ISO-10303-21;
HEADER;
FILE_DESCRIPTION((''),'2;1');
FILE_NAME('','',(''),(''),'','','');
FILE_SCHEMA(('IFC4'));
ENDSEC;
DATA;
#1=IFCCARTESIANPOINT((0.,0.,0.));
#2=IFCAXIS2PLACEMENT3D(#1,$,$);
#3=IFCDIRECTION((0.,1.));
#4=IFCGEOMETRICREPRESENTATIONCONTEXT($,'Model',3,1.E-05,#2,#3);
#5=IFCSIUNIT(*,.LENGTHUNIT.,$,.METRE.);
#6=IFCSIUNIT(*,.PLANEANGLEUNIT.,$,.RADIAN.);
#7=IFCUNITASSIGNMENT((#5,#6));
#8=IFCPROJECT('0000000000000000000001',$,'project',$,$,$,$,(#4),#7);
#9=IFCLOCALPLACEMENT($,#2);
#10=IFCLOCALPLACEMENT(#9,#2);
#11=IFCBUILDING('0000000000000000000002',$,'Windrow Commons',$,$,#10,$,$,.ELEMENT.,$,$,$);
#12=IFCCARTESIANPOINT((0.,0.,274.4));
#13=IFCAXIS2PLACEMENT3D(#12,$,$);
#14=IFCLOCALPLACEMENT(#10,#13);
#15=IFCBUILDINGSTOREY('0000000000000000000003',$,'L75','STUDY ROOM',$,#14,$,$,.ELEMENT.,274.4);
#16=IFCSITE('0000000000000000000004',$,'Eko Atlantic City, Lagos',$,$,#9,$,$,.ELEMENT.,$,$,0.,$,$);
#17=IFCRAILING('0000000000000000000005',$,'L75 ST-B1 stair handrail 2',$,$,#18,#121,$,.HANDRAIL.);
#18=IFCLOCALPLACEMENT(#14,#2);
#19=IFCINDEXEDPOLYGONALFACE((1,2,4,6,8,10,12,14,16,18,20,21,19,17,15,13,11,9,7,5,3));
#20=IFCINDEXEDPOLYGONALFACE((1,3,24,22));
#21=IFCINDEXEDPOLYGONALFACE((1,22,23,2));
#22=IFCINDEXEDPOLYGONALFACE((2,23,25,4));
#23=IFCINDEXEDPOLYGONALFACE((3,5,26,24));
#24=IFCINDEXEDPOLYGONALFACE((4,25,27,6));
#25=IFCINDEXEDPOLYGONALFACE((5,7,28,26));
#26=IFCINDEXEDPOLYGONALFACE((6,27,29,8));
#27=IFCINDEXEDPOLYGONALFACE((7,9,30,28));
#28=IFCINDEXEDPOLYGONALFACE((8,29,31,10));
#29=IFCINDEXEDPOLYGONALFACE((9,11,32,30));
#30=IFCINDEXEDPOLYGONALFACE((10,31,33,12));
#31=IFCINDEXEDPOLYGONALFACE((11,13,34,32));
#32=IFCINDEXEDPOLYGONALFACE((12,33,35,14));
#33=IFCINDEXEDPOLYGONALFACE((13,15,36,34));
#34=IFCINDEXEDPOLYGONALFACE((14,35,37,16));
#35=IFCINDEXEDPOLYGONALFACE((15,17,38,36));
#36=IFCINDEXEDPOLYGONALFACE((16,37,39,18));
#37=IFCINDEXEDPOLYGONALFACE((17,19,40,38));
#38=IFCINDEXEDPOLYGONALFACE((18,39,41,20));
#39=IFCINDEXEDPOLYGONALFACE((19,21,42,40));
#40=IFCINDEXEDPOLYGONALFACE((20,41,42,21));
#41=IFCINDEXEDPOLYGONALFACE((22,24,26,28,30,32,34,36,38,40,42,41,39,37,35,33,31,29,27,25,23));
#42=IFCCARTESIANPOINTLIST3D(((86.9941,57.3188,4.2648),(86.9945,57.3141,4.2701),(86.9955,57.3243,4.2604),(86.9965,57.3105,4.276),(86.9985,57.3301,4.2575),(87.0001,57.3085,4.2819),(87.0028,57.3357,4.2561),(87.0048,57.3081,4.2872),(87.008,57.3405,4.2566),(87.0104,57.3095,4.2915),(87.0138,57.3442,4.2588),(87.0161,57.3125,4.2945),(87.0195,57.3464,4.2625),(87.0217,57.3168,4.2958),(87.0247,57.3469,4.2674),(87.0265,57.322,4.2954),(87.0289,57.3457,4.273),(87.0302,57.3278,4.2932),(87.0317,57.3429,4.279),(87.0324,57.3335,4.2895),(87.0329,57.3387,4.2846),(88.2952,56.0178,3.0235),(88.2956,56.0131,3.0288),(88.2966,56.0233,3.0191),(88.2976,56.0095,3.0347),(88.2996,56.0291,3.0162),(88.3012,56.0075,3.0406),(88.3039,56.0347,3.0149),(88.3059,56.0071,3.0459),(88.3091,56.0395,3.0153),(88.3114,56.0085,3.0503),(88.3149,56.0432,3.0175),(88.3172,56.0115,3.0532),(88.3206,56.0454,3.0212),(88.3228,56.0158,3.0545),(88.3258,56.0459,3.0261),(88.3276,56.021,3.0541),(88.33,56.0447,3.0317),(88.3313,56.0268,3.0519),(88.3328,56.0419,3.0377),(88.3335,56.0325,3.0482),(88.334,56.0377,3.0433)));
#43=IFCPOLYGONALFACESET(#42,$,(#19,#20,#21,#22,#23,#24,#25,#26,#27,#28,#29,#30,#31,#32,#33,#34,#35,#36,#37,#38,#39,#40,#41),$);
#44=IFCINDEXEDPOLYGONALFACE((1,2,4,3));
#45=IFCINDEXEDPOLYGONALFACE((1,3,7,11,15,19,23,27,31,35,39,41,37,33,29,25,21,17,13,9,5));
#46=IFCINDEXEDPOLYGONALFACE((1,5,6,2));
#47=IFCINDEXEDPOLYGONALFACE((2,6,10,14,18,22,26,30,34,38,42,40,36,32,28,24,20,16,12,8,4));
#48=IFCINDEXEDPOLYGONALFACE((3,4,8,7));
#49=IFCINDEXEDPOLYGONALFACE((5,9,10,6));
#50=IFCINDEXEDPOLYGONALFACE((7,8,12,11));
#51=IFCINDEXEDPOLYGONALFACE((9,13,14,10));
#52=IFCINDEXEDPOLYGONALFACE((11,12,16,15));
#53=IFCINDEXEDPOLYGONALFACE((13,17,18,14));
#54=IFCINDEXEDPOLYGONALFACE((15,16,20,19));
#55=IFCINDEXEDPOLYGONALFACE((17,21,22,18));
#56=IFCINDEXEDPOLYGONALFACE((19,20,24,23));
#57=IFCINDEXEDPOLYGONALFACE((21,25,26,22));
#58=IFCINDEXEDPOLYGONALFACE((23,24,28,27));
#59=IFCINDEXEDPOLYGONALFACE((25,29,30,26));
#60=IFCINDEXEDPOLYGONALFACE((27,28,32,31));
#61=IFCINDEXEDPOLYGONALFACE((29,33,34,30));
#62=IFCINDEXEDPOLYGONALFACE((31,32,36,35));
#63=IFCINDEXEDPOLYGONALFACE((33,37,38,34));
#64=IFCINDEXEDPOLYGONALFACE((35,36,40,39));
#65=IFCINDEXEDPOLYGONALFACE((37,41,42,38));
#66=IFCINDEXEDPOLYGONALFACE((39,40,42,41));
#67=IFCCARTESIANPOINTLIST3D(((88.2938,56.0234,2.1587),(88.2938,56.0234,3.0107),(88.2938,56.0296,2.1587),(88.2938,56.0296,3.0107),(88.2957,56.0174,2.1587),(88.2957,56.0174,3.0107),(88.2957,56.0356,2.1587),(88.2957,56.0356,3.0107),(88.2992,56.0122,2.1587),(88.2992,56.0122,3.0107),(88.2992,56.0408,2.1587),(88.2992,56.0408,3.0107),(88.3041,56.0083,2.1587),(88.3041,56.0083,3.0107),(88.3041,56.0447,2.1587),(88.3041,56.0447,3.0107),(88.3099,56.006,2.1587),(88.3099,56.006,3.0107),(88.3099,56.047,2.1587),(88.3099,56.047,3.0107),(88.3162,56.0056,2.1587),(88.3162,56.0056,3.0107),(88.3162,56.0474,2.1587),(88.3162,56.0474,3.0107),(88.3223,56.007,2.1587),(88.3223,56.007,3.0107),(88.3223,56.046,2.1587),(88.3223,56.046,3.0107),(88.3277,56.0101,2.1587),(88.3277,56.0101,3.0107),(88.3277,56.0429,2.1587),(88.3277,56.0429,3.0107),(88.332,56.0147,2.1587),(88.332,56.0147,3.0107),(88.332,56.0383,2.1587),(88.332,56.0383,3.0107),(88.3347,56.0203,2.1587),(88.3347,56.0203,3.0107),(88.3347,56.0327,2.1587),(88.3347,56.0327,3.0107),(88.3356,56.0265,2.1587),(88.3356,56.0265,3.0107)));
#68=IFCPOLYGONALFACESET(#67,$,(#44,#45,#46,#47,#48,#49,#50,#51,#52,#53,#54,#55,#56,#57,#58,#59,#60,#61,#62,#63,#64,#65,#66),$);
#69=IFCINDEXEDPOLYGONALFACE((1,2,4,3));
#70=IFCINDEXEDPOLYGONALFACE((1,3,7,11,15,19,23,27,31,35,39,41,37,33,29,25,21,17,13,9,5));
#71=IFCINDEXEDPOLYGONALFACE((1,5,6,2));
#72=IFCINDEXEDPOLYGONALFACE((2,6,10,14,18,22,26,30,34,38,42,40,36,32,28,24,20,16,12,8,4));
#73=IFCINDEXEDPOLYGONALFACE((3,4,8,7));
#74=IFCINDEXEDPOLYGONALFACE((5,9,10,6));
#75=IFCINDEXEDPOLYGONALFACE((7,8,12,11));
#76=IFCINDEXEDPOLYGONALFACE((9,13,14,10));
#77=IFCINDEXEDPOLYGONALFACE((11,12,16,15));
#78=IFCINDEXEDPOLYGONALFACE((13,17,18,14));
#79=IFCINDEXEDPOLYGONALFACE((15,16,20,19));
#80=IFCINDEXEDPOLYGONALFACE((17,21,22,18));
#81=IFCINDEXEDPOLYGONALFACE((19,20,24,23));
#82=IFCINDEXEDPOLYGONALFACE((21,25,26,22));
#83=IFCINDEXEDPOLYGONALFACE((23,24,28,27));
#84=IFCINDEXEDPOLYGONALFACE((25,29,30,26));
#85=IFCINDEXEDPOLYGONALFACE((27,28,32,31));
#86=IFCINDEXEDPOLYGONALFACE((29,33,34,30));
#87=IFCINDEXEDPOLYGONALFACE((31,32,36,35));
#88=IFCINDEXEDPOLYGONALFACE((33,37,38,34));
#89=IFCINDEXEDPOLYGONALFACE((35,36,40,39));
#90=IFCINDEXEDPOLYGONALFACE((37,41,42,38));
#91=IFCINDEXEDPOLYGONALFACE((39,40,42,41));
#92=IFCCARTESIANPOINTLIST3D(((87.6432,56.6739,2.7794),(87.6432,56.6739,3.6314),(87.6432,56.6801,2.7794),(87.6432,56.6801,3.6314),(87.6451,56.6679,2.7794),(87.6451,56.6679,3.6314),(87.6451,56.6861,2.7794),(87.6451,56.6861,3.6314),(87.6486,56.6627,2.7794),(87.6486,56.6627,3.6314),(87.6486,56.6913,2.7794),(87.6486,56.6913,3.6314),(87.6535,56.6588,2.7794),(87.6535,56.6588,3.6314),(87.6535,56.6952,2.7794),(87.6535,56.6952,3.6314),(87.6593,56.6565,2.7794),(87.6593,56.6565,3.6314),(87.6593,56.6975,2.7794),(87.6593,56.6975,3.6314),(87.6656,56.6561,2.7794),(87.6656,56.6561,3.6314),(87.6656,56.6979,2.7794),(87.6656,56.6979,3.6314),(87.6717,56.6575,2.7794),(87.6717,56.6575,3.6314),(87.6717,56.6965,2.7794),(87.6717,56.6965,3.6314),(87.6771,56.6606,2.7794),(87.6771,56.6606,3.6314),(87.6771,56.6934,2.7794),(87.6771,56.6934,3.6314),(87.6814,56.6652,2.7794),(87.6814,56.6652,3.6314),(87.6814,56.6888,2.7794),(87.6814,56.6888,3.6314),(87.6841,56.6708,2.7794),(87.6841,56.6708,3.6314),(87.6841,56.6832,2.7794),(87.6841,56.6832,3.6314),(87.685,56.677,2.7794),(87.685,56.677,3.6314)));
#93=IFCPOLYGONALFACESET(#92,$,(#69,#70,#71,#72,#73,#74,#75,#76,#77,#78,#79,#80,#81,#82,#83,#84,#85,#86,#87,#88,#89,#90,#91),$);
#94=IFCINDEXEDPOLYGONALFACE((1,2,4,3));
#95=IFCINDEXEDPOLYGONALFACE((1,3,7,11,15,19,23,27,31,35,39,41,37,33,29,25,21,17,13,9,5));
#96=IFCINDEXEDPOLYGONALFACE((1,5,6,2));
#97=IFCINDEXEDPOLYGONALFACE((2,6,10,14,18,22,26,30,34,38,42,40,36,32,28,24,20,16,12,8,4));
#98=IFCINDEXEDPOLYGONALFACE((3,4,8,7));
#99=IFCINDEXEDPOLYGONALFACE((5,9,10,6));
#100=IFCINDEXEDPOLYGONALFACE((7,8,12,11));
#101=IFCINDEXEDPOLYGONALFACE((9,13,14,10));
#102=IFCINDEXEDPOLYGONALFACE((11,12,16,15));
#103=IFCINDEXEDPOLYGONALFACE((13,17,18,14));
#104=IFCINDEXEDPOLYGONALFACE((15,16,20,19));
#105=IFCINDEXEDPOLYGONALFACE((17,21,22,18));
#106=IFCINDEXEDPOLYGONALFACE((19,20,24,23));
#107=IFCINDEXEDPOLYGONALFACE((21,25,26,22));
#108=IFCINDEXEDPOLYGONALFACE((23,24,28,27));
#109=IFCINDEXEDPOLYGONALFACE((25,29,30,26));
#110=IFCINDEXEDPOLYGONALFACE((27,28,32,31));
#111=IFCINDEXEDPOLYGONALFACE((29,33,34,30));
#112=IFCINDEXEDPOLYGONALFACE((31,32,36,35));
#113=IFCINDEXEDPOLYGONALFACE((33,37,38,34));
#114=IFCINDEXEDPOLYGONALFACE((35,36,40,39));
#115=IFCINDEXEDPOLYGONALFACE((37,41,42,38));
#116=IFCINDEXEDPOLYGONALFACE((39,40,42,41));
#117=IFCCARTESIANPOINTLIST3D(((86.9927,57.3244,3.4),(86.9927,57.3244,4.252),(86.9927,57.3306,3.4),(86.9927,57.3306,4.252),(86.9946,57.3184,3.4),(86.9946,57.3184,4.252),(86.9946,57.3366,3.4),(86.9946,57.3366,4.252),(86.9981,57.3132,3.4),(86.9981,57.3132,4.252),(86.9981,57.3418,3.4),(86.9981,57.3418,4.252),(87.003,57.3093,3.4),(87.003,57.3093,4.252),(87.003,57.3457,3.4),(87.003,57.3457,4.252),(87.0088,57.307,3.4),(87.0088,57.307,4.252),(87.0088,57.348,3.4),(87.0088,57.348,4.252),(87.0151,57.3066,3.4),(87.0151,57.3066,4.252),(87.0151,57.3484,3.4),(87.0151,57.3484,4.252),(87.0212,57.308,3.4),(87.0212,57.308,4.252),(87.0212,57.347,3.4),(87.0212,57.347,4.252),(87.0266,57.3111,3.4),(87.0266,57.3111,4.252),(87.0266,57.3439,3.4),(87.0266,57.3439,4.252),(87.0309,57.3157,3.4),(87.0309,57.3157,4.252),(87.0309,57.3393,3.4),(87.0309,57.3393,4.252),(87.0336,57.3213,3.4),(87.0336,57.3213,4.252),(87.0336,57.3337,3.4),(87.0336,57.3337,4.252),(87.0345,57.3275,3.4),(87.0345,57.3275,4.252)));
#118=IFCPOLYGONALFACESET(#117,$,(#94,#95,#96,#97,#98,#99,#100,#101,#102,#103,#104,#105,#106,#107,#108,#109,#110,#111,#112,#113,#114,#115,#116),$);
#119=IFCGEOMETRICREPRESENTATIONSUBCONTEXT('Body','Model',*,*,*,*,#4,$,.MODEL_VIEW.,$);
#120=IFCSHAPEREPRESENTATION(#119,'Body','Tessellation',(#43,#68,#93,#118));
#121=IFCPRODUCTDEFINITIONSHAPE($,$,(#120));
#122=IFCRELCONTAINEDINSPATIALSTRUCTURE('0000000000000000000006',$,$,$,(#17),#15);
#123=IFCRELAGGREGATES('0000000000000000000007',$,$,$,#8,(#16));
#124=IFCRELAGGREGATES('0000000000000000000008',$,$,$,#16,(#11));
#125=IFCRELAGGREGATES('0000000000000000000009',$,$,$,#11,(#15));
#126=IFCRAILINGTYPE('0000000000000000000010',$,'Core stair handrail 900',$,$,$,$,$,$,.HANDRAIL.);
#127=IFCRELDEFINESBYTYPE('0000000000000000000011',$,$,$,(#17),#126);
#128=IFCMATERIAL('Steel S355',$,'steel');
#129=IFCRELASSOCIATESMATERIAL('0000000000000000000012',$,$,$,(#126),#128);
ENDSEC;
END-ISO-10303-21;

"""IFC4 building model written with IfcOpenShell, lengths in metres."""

from ifc_helpers import new_model, si_unit, direction, frame, origin, origin_2d, place, context, subcontext, project, spatial, circle, extrude, material, type_object, element, save


model = new_model("IFC4")

# Units and contexts
model_context = context("Model", 3, precision=1e-05, world=origin(), true_north=direction((0.0, 1.0)))
body_context = subcontext(model_context, "Body", "Model", "MODEL_VIEW")
ifc_project = project(units=[si_unit("LENGTHUNIT", "METRE"), si_unit("PLANEANGLEUNIT", "RADIAN")], contexts=[model_context])

# Site, building, storey
site_placement = place(None, origin())
site = spatial("IfcSite", under=ifc_project, at=site_placement, Name="Eko Atlantic City, Lagos", CompositionType="ELEMENT", RefElevation=0.0)
building_placement = place(site_placement, origin())
building = spatial("IfcBuilding", under=site, at=building_placement, Name="Windrow Commons", CompositionType="ELEMENT")
storey_placement = place(building_placement, frame((0.0, 0.0, 274.4)))
storey = spatial("IfcBuildingStorey", under=building, at=storey_placement, Name="L75", Description="STUDY ROOM", CompositionType="ELEMENT", Elevation=274.4)

# Railing
ifc_material_1 = material(Name="Steel S355", Category="steel")
railing_type_1 = type_object("IfcRailingType", Name="Core stair handrail 900", PredefinedType="HANDRAIL", material=ifc_material_1)
railing_1_placement = place(storey_placement, frame((88.3146, 56.0265, 2.1587)))
element("IfcRailing", 1, at=railing_1_placement, inside=storey, type_object=railing_type_1, Name="L75 ST-B1 stair handrail 2", PredefinedType="HANDRAIL", context=body_context, shape_type="SweptSolid", body=[
    extrude(circle(Radius=0.024, at=origin_2d()), frame((0.0, 0.0, 0.876), z_axis=(-0.586207, 0.586162, 0.559264), x_axis=(-0.70708, -0.707134, 0.0)), (0.0, 0.0, 1.0), 2.2195),
    extrude(circle(Radius=0.021, at=origin_2d()), origin(), (0.0, 0.0, 1.0), 0.852),
    extrude(circle(Radius=0.021, at=origin_2d()), frame((-0.6506, 0.6505, 0.6207)), (0.0, 0.0, 1.0), 0.852),
    extrude(circle(Radius=0.021, at=origin_2d()), frame((-1.3011, 1.301, 1.2413)), (0.0, 0.0, 1.0), 0.852),
])

save(model, "model.ifc")
